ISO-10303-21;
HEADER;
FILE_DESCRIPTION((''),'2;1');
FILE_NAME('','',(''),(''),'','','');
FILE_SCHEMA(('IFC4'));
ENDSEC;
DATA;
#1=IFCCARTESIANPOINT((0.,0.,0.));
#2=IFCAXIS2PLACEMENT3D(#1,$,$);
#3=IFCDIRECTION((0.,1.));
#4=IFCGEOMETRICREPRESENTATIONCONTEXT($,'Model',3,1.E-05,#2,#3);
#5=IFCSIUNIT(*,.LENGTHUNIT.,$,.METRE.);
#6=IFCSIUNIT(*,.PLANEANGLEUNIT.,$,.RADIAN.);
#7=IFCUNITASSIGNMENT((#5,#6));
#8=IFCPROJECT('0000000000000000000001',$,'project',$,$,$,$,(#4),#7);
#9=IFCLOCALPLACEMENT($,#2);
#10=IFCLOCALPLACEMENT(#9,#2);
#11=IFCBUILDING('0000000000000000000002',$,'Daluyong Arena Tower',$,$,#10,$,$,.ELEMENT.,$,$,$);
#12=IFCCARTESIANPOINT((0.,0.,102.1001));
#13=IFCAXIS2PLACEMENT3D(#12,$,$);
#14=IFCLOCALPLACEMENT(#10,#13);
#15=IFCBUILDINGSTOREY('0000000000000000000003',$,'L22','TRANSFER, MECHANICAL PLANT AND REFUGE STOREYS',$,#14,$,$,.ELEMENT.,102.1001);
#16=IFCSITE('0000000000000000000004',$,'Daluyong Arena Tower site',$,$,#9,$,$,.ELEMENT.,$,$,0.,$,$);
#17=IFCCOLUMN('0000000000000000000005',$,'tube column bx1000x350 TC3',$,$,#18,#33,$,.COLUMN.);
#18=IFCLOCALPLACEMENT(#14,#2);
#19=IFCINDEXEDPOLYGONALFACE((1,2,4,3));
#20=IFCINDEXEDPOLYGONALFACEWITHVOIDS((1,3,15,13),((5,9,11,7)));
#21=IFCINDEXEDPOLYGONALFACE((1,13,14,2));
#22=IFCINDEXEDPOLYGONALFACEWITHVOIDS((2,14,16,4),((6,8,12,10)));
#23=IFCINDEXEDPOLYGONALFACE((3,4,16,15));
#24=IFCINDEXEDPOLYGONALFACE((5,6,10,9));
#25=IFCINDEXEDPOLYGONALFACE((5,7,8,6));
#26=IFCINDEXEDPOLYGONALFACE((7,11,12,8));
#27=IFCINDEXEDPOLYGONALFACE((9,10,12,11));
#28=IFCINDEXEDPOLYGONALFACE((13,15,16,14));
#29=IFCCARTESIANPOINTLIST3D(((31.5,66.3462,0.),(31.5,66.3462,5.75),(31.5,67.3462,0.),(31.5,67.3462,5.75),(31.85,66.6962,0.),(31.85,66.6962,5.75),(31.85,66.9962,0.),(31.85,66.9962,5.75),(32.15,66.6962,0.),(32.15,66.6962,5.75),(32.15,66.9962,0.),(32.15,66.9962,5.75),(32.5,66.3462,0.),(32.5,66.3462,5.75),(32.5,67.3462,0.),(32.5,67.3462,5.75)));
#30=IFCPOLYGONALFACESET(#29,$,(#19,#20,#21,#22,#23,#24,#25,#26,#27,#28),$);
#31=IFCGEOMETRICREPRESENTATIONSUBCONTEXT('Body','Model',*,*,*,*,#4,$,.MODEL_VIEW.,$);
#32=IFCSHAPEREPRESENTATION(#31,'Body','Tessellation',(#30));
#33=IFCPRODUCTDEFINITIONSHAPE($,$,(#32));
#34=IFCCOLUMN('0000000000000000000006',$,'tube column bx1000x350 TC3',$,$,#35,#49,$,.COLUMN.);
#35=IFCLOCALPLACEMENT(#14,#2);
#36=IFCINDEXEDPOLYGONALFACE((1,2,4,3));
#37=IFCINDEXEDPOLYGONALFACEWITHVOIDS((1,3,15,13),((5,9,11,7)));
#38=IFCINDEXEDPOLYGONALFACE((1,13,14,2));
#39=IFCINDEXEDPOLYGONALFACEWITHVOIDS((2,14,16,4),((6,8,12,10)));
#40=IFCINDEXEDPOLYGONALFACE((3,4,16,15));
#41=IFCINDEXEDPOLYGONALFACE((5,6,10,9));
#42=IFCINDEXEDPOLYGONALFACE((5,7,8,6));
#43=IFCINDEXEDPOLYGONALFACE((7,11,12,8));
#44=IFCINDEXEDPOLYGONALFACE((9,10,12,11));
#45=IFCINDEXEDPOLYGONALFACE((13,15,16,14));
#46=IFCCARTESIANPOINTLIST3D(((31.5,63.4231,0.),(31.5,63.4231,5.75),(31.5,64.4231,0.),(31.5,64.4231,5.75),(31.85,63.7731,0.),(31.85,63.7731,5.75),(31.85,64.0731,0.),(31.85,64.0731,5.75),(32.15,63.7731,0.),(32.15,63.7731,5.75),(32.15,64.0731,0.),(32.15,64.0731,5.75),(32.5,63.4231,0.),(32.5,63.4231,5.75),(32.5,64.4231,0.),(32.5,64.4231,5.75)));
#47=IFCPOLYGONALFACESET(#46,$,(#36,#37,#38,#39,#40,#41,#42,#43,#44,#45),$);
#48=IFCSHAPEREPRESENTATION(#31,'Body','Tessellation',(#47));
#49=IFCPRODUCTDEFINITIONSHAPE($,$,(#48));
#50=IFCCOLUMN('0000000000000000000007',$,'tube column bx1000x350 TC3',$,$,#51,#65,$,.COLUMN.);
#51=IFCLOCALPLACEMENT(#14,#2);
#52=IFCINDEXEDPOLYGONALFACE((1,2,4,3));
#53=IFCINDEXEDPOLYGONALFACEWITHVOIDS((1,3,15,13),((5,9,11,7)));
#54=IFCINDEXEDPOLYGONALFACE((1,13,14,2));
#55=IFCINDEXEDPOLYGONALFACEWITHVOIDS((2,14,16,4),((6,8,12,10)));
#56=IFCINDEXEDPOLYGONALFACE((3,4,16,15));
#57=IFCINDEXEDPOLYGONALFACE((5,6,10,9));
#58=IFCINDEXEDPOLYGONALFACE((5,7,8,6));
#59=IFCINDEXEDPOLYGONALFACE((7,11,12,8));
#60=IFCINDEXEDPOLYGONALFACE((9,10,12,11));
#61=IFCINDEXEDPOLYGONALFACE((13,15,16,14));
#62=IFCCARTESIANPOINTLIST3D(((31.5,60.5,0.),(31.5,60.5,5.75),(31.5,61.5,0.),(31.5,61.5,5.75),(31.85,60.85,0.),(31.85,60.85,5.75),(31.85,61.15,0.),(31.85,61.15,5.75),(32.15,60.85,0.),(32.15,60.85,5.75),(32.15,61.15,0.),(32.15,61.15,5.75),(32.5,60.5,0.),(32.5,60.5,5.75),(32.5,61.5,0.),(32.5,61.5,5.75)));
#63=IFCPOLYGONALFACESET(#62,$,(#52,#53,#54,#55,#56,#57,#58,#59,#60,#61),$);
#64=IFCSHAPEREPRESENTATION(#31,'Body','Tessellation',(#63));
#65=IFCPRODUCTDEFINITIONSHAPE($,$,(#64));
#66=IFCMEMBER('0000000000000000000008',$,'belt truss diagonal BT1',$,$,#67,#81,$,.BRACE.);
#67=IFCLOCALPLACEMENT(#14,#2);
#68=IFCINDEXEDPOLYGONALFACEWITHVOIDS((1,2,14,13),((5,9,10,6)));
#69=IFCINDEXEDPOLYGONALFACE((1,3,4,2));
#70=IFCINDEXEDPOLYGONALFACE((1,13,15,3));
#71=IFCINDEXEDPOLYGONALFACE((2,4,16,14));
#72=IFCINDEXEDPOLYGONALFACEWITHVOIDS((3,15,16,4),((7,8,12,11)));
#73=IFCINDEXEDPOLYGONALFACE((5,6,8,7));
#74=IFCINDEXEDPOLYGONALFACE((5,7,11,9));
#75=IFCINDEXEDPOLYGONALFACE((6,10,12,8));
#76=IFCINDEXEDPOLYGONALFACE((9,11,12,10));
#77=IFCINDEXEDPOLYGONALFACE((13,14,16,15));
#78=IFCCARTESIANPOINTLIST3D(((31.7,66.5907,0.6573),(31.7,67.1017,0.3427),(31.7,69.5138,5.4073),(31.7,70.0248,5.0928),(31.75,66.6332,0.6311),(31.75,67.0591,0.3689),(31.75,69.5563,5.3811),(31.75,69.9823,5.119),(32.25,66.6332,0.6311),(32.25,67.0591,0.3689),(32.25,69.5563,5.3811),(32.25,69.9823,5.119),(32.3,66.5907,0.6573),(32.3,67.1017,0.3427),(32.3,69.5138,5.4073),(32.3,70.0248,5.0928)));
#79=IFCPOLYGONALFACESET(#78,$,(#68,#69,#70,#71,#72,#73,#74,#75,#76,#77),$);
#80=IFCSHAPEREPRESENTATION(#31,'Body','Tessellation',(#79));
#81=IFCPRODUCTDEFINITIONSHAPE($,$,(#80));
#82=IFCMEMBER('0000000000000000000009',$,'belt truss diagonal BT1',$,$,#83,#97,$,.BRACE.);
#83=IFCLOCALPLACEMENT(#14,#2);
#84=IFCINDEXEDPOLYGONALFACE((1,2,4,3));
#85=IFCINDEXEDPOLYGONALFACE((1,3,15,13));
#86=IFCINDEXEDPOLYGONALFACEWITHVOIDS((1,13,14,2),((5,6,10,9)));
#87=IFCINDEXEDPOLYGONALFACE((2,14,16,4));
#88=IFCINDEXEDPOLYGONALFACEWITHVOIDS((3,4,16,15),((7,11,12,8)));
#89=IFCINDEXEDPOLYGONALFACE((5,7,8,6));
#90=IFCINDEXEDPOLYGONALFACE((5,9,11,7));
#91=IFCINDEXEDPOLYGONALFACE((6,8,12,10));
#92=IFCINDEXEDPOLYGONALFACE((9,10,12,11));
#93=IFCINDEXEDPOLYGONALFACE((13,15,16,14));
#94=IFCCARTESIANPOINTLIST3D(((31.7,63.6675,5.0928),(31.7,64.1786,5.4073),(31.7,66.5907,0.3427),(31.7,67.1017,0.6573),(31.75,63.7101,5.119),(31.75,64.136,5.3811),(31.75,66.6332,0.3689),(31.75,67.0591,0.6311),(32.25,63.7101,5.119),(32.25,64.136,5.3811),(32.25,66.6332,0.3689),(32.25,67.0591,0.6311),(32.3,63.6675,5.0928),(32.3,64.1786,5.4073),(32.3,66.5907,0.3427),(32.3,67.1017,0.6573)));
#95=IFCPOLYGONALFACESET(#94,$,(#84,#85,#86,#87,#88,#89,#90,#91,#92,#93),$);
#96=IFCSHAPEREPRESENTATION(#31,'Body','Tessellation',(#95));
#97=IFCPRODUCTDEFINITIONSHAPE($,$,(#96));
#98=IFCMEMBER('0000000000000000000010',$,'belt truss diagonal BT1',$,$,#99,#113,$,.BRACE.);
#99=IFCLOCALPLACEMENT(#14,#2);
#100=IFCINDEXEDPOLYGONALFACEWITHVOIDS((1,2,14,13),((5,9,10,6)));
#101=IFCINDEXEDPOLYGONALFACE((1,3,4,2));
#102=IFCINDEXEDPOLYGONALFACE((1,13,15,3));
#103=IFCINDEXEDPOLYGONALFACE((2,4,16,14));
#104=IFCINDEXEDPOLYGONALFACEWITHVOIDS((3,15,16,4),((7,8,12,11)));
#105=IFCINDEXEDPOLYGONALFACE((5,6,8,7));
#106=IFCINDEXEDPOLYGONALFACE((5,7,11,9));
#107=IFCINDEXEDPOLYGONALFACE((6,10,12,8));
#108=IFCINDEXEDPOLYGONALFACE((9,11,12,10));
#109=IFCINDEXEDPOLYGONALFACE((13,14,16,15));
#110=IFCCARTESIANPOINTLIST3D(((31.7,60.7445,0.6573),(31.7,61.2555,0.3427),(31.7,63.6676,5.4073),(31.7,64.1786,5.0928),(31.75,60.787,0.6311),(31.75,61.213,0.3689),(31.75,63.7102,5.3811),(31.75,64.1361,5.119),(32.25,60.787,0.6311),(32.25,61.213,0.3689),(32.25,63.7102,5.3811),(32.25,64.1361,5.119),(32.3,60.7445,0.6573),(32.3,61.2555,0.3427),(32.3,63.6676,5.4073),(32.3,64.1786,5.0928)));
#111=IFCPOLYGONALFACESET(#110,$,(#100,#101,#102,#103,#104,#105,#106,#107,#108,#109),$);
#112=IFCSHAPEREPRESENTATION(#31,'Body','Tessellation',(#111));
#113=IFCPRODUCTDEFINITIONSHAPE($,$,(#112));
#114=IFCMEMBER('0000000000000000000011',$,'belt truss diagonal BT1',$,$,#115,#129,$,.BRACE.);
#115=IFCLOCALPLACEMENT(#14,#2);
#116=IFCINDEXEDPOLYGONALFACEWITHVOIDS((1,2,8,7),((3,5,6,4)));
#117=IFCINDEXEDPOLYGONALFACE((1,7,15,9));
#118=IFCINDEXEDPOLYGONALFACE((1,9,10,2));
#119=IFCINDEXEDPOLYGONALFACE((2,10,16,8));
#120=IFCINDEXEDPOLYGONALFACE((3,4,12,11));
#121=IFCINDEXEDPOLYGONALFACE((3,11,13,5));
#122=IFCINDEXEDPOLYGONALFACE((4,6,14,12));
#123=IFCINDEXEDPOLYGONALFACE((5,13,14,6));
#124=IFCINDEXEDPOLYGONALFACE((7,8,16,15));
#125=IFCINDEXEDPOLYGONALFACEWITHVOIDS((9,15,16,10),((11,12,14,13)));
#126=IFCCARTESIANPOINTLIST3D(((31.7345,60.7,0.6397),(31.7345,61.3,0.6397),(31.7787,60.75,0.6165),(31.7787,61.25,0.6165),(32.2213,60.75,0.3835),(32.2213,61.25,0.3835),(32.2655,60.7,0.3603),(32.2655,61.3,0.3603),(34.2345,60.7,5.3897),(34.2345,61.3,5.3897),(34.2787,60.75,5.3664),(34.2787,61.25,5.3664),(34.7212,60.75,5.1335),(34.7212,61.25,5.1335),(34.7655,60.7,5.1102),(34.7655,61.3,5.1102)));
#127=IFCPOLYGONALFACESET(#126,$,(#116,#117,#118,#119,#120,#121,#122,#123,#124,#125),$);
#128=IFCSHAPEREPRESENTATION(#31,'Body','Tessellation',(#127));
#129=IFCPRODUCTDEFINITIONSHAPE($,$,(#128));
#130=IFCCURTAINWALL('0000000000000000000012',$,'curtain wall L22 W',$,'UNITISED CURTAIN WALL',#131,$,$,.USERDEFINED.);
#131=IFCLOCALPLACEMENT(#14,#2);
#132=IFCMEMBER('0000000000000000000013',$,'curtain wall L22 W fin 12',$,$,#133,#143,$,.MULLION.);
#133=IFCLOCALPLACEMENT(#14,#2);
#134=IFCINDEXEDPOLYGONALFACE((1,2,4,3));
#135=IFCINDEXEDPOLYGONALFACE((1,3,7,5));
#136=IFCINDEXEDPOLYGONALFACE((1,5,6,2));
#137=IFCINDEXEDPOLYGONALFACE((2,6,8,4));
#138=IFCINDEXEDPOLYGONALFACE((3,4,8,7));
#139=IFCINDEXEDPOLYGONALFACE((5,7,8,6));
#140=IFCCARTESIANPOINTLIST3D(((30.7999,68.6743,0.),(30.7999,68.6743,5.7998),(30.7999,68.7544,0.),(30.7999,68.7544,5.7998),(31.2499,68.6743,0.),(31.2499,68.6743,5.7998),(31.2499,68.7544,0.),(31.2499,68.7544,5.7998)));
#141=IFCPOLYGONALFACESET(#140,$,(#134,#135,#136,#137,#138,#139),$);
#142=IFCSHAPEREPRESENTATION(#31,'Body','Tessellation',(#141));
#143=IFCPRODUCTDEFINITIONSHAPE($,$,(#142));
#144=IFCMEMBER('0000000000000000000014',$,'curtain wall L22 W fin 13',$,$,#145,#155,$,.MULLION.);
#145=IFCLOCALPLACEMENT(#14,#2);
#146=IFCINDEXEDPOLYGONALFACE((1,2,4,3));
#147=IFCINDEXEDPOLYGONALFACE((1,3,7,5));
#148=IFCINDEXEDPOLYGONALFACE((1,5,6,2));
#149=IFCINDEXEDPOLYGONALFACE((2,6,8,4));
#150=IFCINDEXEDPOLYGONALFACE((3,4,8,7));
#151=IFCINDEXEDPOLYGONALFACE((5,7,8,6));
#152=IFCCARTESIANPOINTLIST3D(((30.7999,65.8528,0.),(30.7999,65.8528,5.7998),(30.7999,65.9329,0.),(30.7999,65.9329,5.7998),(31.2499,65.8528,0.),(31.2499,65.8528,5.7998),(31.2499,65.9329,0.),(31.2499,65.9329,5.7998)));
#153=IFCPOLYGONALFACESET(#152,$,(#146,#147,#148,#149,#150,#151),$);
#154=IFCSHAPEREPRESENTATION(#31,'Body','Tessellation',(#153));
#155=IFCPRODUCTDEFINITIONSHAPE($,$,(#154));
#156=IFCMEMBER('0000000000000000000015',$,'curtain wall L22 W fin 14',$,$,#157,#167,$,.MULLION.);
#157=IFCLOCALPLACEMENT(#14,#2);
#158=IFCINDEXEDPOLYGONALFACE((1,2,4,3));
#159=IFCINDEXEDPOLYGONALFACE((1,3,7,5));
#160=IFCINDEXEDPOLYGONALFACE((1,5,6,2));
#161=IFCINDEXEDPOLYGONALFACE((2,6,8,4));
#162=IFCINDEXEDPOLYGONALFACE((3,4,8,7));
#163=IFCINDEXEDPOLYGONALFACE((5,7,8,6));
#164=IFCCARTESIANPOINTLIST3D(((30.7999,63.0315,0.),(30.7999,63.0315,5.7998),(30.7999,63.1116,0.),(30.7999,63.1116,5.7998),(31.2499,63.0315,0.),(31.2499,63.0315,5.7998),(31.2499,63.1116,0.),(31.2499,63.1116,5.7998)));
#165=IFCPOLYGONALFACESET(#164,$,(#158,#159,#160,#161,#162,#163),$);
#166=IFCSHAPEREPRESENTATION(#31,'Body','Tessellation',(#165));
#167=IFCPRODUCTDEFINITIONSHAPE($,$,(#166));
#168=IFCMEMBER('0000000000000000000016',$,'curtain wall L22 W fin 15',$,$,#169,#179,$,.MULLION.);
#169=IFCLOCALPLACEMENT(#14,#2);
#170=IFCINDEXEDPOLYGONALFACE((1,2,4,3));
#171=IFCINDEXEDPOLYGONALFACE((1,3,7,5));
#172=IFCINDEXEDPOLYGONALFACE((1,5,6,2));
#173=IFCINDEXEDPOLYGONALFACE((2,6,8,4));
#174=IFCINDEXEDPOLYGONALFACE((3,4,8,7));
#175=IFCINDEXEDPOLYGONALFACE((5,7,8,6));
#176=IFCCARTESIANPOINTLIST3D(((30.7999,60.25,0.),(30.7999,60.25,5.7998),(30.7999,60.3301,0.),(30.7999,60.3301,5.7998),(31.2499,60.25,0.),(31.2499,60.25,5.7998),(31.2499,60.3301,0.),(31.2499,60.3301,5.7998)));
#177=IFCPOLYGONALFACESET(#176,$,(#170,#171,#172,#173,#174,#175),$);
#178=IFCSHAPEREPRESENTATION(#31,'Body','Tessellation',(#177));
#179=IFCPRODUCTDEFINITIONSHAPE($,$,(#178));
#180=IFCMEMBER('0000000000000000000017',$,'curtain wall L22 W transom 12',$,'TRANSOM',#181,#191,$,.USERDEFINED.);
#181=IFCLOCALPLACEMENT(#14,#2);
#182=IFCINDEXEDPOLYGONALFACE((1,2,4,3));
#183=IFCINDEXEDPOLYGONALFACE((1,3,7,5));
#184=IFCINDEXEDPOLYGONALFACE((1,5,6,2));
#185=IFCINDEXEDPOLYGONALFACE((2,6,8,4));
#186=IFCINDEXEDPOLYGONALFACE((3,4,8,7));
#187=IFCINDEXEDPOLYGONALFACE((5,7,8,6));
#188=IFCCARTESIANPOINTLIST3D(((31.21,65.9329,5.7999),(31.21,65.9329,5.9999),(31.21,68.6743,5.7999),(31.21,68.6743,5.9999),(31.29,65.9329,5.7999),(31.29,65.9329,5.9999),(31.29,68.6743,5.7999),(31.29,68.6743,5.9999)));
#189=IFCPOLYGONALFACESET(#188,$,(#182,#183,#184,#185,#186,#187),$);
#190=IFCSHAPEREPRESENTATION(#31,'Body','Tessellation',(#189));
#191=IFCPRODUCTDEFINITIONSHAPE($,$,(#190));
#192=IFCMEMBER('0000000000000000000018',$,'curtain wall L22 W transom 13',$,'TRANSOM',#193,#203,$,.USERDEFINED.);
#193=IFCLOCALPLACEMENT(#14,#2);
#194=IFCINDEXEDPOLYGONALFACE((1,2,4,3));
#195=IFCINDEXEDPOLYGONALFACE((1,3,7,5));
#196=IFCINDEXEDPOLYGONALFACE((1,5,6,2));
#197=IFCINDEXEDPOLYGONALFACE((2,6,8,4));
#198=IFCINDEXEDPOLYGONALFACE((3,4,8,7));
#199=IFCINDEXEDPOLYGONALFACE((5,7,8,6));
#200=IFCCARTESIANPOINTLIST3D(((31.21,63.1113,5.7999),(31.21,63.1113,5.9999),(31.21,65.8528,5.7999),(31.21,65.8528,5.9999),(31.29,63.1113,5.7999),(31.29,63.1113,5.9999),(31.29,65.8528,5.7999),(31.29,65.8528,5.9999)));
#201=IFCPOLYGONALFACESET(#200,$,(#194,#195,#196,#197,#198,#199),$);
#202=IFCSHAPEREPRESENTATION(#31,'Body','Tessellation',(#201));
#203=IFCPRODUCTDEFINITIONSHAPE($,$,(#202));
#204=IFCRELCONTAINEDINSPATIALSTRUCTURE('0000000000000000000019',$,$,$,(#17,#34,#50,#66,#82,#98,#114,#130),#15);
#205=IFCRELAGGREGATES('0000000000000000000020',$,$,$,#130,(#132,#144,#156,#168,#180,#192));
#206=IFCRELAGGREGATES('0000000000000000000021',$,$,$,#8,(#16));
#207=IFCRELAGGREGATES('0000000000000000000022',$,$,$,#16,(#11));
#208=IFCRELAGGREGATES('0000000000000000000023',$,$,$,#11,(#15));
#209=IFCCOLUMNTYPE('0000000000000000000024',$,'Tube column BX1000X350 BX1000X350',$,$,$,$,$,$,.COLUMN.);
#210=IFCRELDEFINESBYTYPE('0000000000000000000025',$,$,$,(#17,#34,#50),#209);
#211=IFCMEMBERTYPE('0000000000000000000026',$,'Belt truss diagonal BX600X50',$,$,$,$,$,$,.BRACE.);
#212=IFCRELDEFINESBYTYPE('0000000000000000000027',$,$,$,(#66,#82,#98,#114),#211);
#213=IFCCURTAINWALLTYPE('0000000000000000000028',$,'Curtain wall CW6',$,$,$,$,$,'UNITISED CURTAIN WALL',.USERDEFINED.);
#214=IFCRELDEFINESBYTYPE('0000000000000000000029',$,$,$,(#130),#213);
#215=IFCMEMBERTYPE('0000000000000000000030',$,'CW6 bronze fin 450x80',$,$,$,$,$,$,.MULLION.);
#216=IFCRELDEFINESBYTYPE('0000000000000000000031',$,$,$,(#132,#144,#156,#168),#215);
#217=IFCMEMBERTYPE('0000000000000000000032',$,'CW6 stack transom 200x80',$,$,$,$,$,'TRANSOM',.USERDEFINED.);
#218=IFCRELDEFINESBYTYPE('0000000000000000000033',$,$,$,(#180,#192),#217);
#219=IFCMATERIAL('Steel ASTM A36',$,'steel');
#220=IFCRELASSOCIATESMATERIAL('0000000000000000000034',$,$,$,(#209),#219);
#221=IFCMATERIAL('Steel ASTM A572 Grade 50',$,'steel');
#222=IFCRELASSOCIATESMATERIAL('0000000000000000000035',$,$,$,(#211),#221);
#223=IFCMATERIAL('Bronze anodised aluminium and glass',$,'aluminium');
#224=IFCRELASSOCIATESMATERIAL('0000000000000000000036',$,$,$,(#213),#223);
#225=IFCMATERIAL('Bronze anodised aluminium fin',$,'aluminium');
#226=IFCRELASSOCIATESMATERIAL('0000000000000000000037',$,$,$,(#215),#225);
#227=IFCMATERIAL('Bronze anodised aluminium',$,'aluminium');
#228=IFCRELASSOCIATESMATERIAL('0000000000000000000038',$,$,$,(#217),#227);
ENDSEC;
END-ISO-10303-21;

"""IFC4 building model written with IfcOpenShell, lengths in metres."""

from ifc_helpers import new_model, si_unit, direction, frame, origin, origin_2d, place, context, subcontext, project, spatial, rectangle, hollow_rectangle, extrude, material, material_profile, profile_set, type_object, element, aggregate, save


model = new_model("IFC4")

# Units and contexts
model_context = context("Model", 3, precision=1e-05, world=origin(), true_north=direction((0.0, 1.0)))
body_context = subcontext(model_context, "Body", "Model", "MODEL_VIEW")
ifc_project = project(units=[si_unit("LENGTHUNIT", "METRE"), si_unit("PLANEANGLEUNIT", "RADIAN")], contexts=[model_context])

# Site, building, storey
site_placement = place(None, origin())
site = spatial("IfcSite", under=ifc_project, at=site_placement, Name="Daluyong Arena Tower site", CompositionType="ELEMENT", RefElevation=0.0)
building_placement = place(site_placement, origin())
building = spatial("IfcBuilding", under=site, at=building_placement, Name="Daluyong Arena Tower", CompositionType="ELEMENT")
storey_placement = place(building_placement, frame((0.0, 0.0, 102.1001)))
storey = spatial("IfcBuildingStorey", under=building, at=storey_placement, Name="L22", Description="TRANSFER, MECHANICAL PLANT AND REFUGE STOREYS", CompositionType="ELEMENT", Elevation=102.1001)

# Columns
ifc_material_1 = material(Name="Steel ASTM A36", Category="steel")
ifc_material_profile_1 = material_profile(ifc_material_1, hollow_rectangle(XDim=1.0, YDim=1.0, WallThickness=0.35, at=origin_2d()))
ifc_profile_set_1 = profile_set([ifc_material_profile_1], Name="Steel ASTM A36")
column_type = type_object("IfcColumnType", Name="Tube column BX1000X350 BX1000X350", PredefinedType="COLUMN", material=ifc_profile_set_1)
for number, where, z_axis, x_axis, name in (
    (1, (32.0, 66.8462, 0.0), (0.0, 0.0, 1.0), (0.0, 1.0, 0.0), "tube column bx1000x350 TC3"),
    (2, (32.0, 63.9231, 0.0), (0.0, 0.0, 1.0), (0.0, 1.0, 0.0), "tube column bx1000x350 TC3"),
    (3, (32.0, 61.0, 0.0), (0.0, 0.0, 1.0), (1.0, 0.0, 0.0), "tube column bx1000x350 TC3"),
):
    element("IfcColumn", number, at=place(storey_placement, frame(where, z_axis=z_axis, x_axis=x_axis)), inside=storey, type_object=column_type, Name=name, PredefinedType="COLUMN", context=body_context, shape_type="SweptSolid", body=[
        extrude(hollow_rectangle(XDim=1.0, YDim=1.0, WallThickness=0.35, at=origin_2d()), origin(), (0.0, 0.0, 1.0), 5.75),
    ])

# Members
ifc_material_2 = material(Name="Steel ASTM A572 Grade 50", Category="steel")
ifc_material_profile_2 = material_profile(ifc_material_2, hollow_rectangle(XDim=0.6001, YDim=0.6001, WallThickness=0.05, at=origin_2d()))
ifc_profile_set_2 = profile_set([ifc_material_profile_2], Name="Steel ASTM A572 Grade 50")
member_type_1 = type_object("IfcMemberType", Name="Belt truss diagonal BX600X50", PredefinedType="BRACE", material=ifc_profile_set_2)
for number, where, z_axis, x_axis, name in (
    (4, (32.0, 66.8462, 0.5), (0.0, 0.5241, 0.851657), (-1.0, 0.0, 0.0), "belt truss diagonal BT1"),
    (5, (32.0, 66.8462, 0.5), (0.0, -0.5241, 0.851657), (1.0, 0.0, 0.0), "belt truss diagonal BT1"),
    (6, (32.0, 61.0, 0.5), (0.0, 0.5241, 0.851657), (-1.0, 0.0, 0.0), "belt truss diagonal BT1"),
):
    element("IfcMember", number, at=place(storey_placement, frame(where, z_axis=z_axis, x_axis=x_axis)), inside=storey, type_object=member_type_1, Name=name, PredefinedType="BRACE", context=body_context, shape_type="SweptSolid", body=[
        extrude(hollow_rectangle(XDim=0.6001, YDim=0.6001, WallThickness=0.05, at=origin_2d()), origin(), (0.0, 0.0, 1.0), 5.5774),
    ])
member_1_placement = place(storey_placement, frame((32.0, 61.0, 0.5), z_axis=(0.465746, 0.0, 0.884918), x_axis=(0.0, 1.0, 0.0)))
element("IfcMember", 7, at=member_1_placement, inside=storey, type_object=member_type_1, Name="belt truss diagonal BT1", PredefinedType="BRACE", context=body_context, shape_type="SweptSolid", body=[
    extrude(hollow_rectangle(XDim=0.6001, YDim=0.6001, WallThickness=0.05, at=origin_2d()), origin(), (0.0, 0.0, 1.0), 5.3677),
])

# Curtain wall, members
ifc_material_3 = material(Name="Bronze anodised aluminium and glass", Category="aluminium")
curtain_wall_type = type_object("IfcCurtainWallType", Name="Curtain wall CW6", ElementType="UNITISED CURTAIN WALL", PredefinedType="USERDEFINED", material=ifc_material_3)
curtain_wall_placement = place(storey_placement, origin())
curtain_wall = element("IfcCurtainWall", 8, at=curtain_wall_placement, inside=storey, type_object=curtain_wall_type, Name="curtain wall L22 W", ObjectType="UNITISED CURTAIN WALL", PredefinedType="USERDEFINED")
ifc_material_4 = material(Name="Bronze anodised aluminium fin", Category="aluminium")
ifc_material_profile_3 = material_profile(ifc_material_4, rectangle(XDim=0.45, YDim=0.0801, at=origin_2d()))
ifc_profile_set_3 = profile_set([ifc_material_profile_3], Name="Bronze anodised aluminium fin")
member_type_2 = type_object("IfcMemberType", Name="CW6 bronze fin 450x80", PredefinedType="MULLION", material=ifc_profile_set_3)
member_2_placement = place(storey_placement, frame((31.0249, 68.7144, 0.0), z_axis=(0.0, 0.0, 1.0), x_axis=(1.0, 0.0, 0.0)))
member_2 = element("IfcMember", 9, at=member_2_placement, type_object=member_type_2, Name="curtain wall L22 W fin 12", PredefinedType="MULLION", context=body_context, shape_type="SweptSolid", body=[
    extrude(rectangle(XDim=0.45, YDim=0.0801, at=origin_2d()), origin(), (0.0, 0.0, 1.0), 5.7998),
])
member_3_placement = place(storey_placement, frame((31.0249, 65.8928, 0.0), z_axis=(0.0, 0.0, 1.0), x_axis=(1.0, 0.0, 0.0)))
member_3 = element("IfcMember", 10, at=member_3_placement, type_object=member_type_2, Name="curtain wall L22 W fin 13", PredefinedType="MULLION", context=body_context, shape_type="SweptSolid", body=[
    extrude(rectangle(XDim=0.45, YDim=0.0801, at=origin_2d()), origin(), (0.0, 0.0, 1.0), 5.7998),
])
member_4_placement = place(storey_placement, frame((31.0249, 63.0715, 0.0), z_axis=(0.0, 0.0, 1.0), x_axis=(1.0, 0.0, 0.0)))
member_4 = element("IfcMember", 11, at=member_4_placement, type_object=member_type_2, Name="curtain wall L22 W fin 14", PredefinedType="MULLION", context=body_context, shape_type="SweptSolid", body=[
    extrude(rectangle(XDim=0.45, YDim=0.0801, at=origin_2d()), origin(), (0.0, 0.0, 1.0), 5.7998),
])
member_5_placement = place(storey_placement, frame((31.0249, 60.29, 0.0), z_axis=(0.0, 0.0, 1.0), x_axis=(1.0, 0.0, 0.0)))
member_5 = element("IfcMember", 12, at=member_5_placement, type_object=member_type_2, Name="curtain wall L22 W fin 15", PredefinedType="MULLION", context=body_context, shape_type="SweptSolid", body=[
    extrude(rectangle(XDim=0.45, YDim=0.0801, at=origin_2d()), origin(), (0.0, 0.0, 1.0), 5.7998),
])
ifc_material_5 = material(Name="Bronze anodised aluminium", Category="aluminium")
ifc_material_profile_4 = material_profile(ifc_material_5, rectangle(XDim=0.0801, YDim=0.2, at=origin_2d()))
ifc_profile_set_4 = profile_set([ifc_material_profile_4], Name="Bronze anodised aluminium")
member_type_3 = type_object("IfcMemberType", Name="CW6 stack transom 200x80", ElementType="TRANSOM", PredefinedType="USERDEFINED", material=ifc_profile_set_4)
member_6_placement = place(storey_placement, frame((31.25, 68.6743, 5.8999), z_axis=(0.0, -1.0, 0.0), x_axis=(1.0, 0.0, 0.0)))
member_6 = element("IfcMember", 13, at=member_6_placement, type_object=member_type_3, Name="curtain wall L22 W transom 12", ObjectType="TRANSOM", PredefinedType="USERDEFINED", context=body_context, shape_type="SweptSolid", body=[
    extrude(rectangle(XDim=0.0801, YDim=0.2, at=origin_2d()), origin(), (0.0, 0.0, 1.0), 2.7415),
])
member_7_placement = place(storey_placement, frame((31.25, 65.8528, 5.8999), z_axis=(0.0, -1.0, 0.0), x_axis=(1.0, 0.0, 0.0)))
member_7 = element("IfcMember", 14, at=member_7_placement, type_object=member_type_3, Name="curtain wall L22 W transom 13", ObjectType="TRANSOM", PredefinedType="USERDEFINED", context=body_context, shape_type="SweptSolid", body=[
    extrude(rectangle(XDim=0.0801, YDim=0.2, at=origin_2d()), origin(), (0.0, 0.0, 1.0), 2.7415),
])

aggregate(curtain_wall, [member_2, member_3, member_4, member_5, member_6, member_7])

save(model, "model.ifc")
